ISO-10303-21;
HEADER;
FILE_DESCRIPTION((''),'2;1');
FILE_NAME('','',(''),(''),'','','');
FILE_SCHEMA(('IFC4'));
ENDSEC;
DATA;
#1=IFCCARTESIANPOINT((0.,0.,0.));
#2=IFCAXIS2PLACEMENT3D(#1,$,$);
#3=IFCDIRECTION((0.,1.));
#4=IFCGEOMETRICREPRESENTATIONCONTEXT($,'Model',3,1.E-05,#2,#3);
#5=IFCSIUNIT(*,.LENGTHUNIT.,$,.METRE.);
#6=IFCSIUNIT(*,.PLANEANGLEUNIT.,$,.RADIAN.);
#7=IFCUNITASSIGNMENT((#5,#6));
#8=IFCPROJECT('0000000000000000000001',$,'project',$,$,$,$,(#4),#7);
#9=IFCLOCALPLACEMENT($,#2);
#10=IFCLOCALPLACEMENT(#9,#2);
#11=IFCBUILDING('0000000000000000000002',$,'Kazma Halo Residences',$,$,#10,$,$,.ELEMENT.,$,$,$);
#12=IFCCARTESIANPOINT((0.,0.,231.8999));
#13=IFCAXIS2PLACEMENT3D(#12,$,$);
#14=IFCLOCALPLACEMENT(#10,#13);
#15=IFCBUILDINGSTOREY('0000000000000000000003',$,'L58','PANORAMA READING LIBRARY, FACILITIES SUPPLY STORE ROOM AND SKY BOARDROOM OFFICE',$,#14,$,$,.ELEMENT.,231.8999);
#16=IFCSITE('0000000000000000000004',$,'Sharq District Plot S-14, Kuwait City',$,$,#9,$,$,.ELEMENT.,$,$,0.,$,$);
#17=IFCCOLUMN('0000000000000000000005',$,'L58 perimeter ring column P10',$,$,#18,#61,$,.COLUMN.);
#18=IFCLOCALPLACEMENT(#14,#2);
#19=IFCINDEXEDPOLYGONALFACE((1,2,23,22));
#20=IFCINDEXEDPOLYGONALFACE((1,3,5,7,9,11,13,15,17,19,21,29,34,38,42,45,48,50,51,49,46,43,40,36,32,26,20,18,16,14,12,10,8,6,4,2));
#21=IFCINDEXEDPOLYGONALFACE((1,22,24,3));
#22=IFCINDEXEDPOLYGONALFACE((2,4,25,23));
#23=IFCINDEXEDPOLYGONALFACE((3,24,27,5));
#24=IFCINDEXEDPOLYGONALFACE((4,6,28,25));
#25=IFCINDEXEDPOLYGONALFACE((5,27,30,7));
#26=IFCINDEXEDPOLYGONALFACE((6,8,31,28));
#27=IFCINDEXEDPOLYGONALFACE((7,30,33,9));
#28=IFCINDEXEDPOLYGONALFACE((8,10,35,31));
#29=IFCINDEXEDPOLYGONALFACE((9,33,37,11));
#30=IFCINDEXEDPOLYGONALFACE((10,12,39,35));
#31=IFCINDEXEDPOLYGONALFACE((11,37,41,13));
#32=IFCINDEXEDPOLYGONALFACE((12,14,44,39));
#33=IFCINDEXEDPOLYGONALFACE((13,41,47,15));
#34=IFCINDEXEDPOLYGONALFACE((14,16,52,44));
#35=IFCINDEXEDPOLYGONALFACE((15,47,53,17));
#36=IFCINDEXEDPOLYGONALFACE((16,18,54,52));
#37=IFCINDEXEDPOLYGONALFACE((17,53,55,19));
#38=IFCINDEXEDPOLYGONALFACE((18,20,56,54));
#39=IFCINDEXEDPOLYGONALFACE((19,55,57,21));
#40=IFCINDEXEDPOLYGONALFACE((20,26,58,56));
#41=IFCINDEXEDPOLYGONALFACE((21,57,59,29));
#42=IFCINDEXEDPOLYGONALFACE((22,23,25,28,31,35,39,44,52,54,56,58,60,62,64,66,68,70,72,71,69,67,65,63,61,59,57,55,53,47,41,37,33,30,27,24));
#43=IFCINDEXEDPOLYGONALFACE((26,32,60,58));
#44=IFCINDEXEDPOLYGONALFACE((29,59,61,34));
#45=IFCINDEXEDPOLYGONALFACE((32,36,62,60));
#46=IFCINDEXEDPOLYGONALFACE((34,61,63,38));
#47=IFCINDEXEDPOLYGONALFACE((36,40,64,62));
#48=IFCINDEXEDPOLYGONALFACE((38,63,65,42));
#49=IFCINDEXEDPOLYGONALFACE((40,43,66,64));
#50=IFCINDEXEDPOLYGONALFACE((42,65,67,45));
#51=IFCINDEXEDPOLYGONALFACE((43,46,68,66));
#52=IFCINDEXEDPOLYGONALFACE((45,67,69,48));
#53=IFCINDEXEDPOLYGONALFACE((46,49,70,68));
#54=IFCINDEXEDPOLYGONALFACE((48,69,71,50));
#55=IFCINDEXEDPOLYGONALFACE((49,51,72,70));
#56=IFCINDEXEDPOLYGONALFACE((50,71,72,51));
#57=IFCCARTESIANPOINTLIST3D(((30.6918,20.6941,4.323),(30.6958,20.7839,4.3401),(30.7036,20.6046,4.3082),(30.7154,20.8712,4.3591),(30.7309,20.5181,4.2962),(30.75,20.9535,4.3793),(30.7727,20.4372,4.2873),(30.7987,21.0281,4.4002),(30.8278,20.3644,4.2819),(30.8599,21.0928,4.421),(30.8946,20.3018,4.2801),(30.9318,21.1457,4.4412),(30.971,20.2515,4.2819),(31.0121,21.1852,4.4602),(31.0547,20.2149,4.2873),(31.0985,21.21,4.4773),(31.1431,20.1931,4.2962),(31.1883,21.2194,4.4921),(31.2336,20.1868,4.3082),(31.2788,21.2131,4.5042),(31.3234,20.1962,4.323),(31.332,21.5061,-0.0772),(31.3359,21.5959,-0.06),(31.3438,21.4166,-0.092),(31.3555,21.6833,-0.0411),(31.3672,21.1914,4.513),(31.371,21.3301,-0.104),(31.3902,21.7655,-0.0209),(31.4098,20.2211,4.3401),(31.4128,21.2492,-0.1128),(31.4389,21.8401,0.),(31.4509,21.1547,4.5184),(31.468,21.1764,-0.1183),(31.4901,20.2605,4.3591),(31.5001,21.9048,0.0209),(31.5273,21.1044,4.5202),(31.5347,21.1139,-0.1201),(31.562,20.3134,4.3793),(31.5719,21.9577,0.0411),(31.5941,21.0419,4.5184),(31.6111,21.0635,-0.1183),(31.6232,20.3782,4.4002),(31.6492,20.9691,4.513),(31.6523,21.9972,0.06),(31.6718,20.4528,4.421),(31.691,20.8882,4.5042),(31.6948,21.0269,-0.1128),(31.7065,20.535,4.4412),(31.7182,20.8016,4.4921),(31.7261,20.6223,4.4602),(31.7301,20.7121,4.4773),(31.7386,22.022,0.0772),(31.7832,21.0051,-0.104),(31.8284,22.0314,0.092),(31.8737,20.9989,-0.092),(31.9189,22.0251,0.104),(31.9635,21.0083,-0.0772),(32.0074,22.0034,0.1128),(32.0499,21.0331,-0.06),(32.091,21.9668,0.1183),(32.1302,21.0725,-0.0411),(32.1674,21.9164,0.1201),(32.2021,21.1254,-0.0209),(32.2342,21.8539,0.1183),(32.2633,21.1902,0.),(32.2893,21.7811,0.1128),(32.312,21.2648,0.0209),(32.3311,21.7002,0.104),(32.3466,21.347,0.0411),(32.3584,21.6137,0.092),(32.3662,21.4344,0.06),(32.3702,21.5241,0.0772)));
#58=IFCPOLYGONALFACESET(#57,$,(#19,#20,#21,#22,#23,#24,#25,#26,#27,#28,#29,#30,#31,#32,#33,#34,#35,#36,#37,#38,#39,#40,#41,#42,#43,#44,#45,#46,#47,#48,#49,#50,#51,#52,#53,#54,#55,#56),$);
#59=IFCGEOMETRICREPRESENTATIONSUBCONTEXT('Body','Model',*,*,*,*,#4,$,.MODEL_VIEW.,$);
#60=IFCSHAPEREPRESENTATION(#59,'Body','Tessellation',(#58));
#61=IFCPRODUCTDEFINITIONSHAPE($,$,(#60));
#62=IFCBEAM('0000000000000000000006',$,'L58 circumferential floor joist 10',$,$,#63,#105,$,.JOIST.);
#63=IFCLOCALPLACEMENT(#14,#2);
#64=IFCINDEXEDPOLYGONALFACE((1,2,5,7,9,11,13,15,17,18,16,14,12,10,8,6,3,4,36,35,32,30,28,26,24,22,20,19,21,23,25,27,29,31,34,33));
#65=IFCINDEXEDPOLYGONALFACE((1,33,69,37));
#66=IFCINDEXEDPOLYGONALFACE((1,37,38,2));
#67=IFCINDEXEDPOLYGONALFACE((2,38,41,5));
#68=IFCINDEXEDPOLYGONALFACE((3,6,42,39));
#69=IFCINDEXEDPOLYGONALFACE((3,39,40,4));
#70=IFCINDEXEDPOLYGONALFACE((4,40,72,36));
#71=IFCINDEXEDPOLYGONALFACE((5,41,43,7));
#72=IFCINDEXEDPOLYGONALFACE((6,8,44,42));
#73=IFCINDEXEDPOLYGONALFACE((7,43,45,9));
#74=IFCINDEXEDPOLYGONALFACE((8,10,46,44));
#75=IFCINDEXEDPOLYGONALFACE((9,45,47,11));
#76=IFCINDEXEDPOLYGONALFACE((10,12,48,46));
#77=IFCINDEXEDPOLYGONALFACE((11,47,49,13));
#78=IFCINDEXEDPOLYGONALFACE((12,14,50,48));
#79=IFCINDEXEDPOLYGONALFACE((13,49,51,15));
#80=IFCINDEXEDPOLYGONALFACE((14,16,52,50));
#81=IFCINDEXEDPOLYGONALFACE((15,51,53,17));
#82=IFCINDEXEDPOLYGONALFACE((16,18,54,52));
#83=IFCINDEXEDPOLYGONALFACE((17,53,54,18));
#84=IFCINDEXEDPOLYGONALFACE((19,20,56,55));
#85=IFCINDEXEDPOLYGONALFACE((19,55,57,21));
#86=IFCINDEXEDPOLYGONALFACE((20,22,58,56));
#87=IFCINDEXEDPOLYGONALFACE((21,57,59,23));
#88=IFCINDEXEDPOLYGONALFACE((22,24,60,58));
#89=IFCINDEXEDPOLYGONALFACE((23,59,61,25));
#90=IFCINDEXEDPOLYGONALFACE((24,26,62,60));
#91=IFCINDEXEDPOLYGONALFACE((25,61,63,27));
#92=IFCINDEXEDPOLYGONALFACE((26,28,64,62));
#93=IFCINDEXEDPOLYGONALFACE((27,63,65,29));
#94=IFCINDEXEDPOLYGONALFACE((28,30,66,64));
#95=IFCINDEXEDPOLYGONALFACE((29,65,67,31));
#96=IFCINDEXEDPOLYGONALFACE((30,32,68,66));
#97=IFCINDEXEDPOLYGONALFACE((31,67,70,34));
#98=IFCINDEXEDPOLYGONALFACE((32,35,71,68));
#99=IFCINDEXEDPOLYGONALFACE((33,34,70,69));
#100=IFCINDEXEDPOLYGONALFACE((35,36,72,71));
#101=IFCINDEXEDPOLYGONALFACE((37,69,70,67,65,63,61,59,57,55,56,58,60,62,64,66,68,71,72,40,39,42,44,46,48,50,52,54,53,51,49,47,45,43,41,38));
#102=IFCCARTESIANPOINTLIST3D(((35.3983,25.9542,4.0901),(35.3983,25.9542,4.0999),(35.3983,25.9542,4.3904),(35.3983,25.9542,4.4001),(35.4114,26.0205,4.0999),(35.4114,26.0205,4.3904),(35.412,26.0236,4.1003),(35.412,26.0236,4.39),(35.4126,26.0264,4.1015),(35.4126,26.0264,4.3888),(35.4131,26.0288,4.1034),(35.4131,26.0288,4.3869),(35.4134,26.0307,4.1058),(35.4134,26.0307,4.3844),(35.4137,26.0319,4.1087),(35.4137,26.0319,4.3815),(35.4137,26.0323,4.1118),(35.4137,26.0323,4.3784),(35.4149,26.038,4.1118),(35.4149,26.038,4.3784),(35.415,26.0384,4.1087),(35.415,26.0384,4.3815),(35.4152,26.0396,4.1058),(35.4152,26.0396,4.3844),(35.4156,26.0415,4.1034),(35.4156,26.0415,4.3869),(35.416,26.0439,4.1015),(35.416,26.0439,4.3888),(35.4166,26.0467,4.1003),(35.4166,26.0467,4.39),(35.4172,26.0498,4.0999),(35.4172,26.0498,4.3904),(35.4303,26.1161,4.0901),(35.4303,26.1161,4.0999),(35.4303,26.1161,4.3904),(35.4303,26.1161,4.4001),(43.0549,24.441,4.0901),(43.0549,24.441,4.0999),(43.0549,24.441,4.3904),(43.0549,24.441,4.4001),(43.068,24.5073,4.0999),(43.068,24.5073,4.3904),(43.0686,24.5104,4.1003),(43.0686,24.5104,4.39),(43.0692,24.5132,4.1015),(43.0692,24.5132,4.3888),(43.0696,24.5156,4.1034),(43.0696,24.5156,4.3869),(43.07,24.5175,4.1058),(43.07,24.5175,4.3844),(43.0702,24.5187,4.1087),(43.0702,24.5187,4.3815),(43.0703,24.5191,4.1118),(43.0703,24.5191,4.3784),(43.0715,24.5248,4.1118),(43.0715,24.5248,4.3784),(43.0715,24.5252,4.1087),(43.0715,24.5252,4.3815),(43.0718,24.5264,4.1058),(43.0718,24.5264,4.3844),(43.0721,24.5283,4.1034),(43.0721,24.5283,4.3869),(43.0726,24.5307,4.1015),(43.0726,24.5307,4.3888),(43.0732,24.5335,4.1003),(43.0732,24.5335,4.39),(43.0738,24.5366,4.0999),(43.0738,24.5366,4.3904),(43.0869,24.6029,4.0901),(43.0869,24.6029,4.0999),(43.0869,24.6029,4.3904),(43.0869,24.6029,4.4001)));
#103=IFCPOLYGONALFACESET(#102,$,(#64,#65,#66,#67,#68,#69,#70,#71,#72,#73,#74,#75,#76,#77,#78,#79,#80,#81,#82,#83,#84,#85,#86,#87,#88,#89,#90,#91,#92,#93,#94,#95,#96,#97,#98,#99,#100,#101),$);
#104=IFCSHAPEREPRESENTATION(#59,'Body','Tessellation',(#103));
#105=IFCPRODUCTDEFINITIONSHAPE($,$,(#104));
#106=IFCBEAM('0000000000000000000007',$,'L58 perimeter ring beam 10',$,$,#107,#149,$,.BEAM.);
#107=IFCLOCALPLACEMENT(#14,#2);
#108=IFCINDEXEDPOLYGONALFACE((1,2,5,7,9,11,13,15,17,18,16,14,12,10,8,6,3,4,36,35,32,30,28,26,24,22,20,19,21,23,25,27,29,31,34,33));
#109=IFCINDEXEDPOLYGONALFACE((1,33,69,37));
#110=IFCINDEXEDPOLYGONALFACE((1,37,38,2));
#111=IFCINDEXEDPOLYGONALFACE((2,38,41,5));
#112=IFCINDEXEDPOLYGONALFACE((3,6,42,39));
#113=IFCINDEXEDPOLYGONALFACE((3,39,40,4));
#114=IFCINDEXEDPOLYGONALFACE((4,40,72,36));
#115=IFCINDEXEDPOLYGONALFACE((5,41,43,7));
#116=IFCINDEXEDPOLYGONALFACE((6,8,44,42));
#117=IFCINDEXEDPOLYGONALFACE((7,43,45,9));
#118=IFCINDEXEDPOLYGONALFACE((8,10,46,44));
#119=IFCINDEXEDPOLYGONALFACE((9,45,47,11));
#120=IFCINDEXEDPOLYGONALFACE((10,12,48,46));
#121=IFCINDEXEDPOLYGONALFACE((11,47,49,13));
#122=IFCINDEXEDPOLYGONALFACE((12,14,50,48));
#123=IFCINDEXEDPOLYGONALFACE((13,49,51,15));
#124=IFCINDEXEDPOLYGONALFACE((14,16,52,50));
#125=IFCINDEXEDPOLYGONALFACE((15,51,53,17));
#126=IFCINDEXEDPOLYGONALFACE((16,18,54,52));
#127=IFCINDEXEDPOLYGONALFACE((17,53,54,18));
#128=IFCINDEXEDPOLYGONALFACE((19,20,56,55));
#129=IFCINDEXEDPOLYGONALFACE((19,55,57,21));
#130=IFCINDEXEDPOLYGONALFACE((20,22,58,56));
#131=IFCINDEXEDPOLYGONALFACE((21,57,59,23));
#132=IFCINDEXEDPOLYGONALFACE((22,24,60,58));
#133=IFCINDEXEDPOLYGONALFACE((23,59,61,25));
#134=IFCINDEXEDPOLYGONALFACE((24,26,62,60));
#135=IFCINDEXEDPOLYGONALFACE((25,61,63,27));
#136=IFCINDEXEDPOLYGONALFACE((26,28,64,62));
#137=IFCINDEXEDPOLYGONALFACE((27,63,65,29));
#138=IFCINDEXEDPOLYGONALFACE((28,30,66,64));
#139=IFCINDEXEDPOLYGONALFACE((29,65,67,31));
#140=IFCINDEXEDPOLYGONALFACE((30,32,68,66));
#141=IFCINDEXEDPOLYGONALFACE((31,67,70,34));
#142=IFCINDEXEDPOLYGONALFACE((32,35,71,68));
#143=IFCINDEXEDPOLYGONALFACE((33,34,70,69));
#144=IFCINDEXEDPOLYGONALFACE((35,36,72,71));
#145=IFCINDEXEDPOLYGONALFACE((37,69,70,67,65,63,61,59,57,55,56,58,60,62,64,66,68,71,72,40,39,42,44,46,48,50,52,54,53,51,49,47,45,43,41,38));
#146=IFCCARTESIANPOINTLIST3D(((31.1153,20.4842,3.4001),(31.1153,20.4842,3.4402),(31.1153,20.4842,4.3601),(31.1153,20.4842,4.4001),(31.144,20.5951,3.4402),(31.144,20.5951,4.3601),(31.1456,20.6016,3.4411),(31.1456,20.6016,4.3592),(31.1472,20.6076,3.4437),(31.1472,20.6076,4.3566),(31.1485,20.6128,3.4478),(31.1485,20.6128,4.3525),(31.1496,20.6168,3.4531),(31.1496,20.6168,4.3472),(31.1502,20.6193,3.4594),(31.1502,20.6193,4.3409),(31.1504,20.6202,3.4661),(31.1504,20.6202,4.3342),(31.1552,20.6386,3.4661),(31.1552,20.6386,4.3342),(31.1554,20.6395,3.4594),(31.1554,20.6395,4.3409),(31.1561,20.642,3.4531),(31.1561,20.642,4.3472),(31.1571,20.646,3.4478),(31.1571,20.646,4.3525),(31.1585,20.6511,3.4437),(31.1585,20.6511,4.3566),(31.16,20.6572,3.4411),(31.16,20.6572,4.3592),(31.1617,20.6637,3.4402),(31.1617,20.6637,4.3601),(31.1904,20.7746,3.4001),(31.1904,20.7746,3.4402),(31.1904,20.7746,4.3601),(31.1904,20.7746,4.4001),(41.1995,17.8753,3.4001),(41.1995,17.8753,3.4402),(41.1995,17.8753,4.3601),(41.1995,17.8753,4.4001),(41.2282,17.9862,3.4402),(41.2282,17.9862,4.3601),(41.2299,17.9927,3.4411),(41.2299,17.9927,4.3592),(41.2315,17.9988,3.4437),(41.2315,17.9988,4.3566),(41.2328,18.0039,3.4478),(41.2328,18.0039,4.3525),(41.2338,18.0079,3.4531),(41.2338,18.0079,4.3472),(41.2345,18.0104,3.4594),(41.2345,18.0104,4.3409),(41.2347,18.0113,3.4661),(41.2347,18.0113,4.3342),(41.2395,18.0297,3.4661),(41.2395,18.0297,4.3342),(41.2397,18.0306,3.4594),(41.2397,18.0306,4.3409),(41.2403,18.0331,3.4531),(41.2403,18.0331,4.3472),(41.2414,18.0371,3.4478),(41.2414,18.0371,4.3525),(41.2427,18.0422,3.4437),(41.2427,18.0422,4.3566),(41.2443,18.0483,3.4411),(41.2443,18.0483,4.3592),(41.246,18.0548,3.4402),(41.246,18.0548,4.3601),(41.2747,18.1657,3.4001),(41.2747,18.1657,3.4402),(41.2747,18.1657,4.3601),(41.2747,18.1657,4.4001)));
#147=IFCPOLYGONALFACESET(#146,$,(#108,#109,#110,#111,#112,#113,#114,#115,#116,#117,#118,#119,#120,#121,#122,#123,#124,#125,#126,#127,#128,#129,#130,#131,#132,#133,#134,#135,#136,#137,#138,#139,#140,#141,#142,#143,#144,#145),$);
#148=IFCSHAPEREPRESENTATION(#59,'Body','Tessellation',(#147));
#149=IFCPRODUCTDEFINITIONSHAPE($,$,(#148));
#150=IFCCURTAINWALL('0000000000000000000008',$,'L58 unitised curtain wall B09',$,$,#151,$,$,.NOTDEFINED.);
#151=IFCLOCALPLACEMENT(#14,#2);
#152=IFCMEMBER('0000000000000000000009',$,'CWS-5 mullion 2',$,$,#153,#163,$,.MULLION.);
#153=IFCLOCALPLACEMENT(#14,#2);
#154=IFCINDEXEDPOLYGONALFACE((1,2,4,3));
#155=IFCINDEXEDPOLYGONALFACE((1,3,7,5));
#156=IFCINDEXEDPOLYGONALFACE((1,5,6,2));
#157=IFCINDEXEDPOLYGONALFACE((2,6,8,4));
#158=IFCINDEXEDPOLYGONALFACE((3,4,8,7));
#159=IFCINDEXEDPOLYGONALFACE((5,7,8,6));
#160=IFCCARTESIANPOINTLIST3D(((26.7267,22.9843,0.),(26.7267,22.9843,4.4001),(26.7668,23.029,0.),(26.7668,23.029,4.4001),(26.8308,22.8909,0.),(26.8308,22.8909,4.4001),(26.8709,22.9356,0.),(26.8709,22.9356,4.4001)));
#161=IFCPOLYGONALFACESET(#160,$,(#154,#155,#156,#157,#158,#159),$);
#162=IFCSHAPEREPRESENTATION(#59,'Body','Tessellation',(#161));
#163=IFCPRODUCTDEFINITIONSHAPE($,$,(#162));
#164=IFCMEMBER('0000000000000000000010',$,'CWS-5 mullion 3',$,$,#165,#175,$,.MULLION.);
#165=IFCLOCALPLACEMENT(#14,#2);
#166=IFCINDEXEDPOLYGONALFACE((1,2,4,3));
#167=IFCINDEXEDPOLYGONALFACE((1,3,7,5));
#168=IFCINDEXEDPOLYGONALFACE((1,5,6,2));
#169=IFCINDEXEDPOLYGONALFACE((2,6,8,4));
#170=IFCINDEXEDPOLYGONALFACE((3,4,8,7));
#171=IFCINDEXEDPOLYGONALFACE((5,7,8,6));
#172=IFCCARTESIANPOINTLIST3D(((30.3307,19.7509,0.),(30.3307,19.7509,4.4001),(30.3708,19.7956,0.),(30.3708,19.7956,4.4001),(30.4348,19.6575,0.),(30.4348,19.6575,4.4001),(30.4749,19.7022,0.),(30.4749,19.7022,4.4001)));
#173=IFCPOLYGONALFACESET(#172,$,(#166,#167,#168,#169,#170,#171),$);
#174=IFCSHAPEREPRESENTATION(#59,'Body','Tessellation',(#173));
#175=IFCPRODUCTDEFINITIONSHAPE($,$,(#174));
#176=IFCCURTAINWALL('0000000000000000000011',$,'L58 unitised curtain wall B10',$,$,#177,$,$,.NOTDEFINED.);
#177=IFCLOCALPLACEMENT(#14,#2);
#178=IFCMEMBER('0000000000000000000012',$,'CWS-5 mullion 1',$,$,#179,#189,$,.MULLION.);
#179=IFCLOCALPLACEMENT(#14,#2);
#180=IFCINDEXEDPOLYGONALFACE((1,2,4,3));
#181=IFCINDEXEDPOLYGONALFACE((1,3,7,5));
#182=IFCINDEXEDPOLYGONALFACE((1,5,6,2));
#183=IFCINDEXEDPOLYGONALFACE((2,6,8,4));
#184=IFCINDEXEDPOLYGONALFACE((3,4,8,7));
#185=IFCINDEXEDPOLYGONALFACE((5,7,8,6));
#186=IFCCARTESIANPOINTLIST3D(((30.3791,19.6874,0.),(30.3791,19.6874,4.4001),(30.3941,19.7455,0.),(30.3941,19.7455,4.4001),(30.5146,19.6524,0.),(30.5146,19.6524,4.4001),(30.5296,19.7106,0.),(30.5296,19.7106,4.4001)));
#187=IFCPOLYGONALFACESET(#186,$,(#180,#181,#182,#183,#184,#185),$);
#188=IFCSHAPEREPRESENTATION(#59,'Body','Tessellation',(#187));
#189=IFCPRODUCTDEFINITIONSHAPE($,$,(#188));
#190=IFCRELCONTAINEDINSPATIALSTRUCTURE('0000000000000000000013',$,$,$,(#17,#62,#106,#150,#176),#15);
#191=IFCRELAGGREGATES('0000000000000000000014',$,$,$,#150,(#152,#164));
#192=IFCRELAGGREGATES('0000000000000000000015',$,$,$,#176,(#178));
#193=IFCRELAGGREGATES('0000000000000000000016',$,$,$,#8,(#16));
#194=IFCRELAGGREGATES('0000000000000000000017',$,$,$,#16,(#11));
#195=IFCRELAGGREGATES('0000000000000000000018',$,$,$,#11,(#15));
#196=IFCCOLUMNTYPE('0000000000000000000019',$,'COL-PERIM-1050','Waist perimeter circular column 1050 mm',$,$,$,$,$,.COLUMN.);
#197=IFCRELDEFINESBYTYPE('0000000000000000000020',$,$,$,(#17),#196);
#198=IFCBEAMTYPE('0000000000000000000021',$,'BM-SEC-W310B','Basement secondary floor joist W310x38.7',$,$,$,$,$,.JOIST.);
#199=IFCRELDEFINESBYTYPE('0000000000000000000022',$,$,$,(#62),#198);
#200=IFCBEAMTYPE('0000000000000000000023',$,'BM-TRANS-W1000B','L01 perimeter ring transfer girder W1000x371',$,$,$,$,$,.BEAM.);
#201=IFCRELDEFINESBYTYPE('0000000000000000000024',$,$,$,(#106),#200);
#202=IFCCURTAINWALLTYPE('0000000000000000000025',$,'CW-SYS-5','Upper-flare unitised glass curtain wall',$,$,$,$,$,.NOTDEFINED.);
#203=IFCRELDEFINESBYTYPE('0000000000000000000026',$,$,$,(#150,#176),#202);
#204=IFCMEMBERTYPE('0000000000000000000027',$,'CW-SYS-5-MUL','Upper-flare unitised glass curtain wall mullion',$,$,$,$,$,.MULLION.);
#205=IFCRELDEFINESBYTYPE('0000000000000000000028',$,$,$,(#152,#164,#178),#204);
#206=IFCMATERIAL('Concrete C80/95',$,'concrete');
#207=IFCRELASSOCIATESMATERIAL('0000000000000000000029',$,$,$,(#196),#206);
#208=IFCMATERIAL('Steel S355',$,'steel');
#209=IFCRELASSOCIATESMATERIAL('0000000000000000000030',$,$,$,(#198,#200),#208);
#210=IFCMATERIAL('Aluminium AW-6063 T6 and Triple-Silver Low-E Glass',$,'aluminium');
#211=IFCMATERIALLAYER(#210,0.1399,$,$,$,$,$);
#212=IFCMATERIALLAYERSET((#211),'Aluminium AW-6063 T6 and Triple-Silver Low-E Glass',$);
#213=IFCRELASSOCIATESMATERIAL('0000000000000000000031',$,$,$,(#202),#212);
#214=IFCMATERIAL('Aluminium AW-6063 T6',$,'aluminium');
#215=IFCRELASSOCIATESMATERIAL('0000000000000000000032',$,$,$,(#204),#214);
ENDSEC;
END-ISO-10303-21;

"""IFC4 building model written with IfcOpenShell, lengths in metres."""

from ifc_helpers import new_model, si_unit, direction, frame, origin, origin_2d, place, context, subcontext, project, spatial, rectangle, circle, i_section, extrude, material, layer, layer_set, material_profile, profile_set, type_object, element, aggregate, save


model = new_model("IFC4")

# Units and contexts
model_context = context("Model", 3, precision=1e-05, world=origin(), true_north=direction((0.0, 1.0)))
body_context = subcontext(model_context, "Body", "Model", "MODEL_VIEW")
ifc_project = project(units=[si_unit("LENGTHUNIT", "METRE"), si_unit("PLANEANGLEUNIT", "RADIAN")], contexts=[model_context])

# Site, building, storey
site_placement = place(None, origin())
site = spatial("IfcSite", under=ifc_project, at=site_placement, Name="Sharq District Plot S-14, Kuwait City", CompositionType="ELEMENT", RefElevation=0.0)
building_placement = place(site_placement, origin())
building = spatial("IfcBuilding", under=site, at=building_placement, Name="Kazma Halo Residences", CompositionType="ELEMENT")
storey_placement = place(building_placement, frame((0.0, 0.0, 231.8999)))
storey = spatial("IfcBuildingStorey", under=building, at=storey_placement, Name="L58", Description="PANORAMA READING LIBRARY, FACILITIES SUPPLY STORE ROOM AND SKY BOARDROOM OFFICE", CompositionType="ELEMENT", Elevation=231.8999)

# Column
ifc_material_1 = material(Name="Concrete C80/95", Category="concrete")
ifc_material_profile_1 = material_profile(ifc_material_1, circle(Radius=0.5249, at=origin_2d()), Name="CIRC1050")
ifc_profile_set_1 = profile_set([ifc_material_profile_1], Name="Concrete C80/95")
column_type = type_object("IfcColumnType", Name="COL-PERIM-1050", Description="Waist perimeter circular column 1050 mm", PredefinedType="COLUMN", material=ifc_profile_set_1)
column_placement = place(storey_placement, frame((31.8511, 21.5151, 0.0), z_axis=(-0.141623, -0.179648, 0.973483), x_axis=(0.785318, -0.619093, 0.0)))
element("IfcColumn", 1, at=column_placement, inside=storey, type_object=column_type, Name="L58 perimeter ring column P10", PredefinedType="COLUMN", context=body_context, shape_type="SweptSolid", body=[
    extrude(circle(Radius=0.5249, at=origin_2d()), origin(), (0.0, 0.0, 1.0), 4.52),
])

# Beams
ifc_material_2 = material(Name="Steel S355", Category="steel")
ifc_material_profile_2 = material_profile(ifc_material_2, i_section(OverallWidth=0.165, OverallDepth=0.3101, WebThickness=0.0059, FlangeThickness=0.0098, FilletRadius=0.012, at=origin_2d()), Name="W310x38.7")
ifc_profile_set_2 = profile_set([ifc_material_profile_2], Name="Steel S355")
beam_type_1 = type_object("IfcBeamType", Name="BM-SEC-W310B", Description="Basement secondary floor joist W310x38.7", PredefinedType="JOIST", material=ifc_profile_set_2)
beam_1_placement = place(storey_placement, frame((35.4143, 26.0352, 4.2451), z_axis=(0.981025, -0.193884, 0.0), x_axis=(0.193884, 0.981025, 0.0)))
element("IfcBeam", 2, at=beam_1_placement, inside=storey, type_object=beam_type_1, Name="L58 circumferential floor joist 10", PredefinedType="JOIST", context=body_context, shape_type="SweptSolid", body=[
    extrude(i_section(OverallWidth=0.165, OverallDepth=0.3101, WebThickness=0.0059, FlangeThickness=0.0098, FilletRadius=0.012, at=origin_2d()), origin(), (0.0, 0.0, 1.0), 7.8047),
])
ifc_material_profile_3 = material_profile(ifc_material_2, i_section(OverallWidth=0.3, OverallDepth=1.0, WebThickness=0.019, FlangeThickness=0.04, FilletRadius=0.0259, at=origin_2d()), Name="W1000x371")
ifc_profile_set_3 = profile_set([ifc_material_profile_3], Name="Steel S355")
beam_type_2 = type_object("IfcBeamType", Name="BM-TRANS-W1000B", Description="L01 perimeter ring transfer girder W1000x371", PredefinedType="BEAM", material=ifc_profile_set_3)
beam_2_placement = place(storey_placement, frame((31.1528, 20.6294, 3.9001), z_axis=(0.968126, -0.250464, 0.0), x_axis=(0.250464, 0.968126, 0.0)))
element("IfcBeam", 3, at=beam_2_placement, inside=storey, type_object=beam_type_2, Name="L58 perimeter ring beam 10", PredefinedType="BEAM", context=body_context, shape_type="SweptSolid", body=[
    extrude(i_section(OverallWidth=0.3, OverallDepth=1.0, WebThickness=0.019, FlangeThickness=0.04, FilletRadius=0.0259, at=origin_2d()), origin(), (0.0, 0.0, 1.0), 10.4163),
])

# Curtain wall, members
ifc_material_3 = material(Name="Aluminium AW-6063 T6 and Triple-Silver Low-E Glass", Category="aluminium")
ifc_layer_1 = layer(ifc_material_3, 0.1399)
ifc_layer_set_1 = layer_set([ifc_layer_1], Name="Aluminium AW-6063 T6 and Triple-Silver Low-E Glass")
curtain_wall_type = type_object("IfcCurtainWallType", Name="CW-SYS-5", Description="Upper-flare unitised glass curtain wall", PredefinedType="NOTDEFINED", material=ifc_layer_set_1)
curtain_wall_1_placement = place(storey_placement, origin())
curtain_wall_1 = element("IfcCurtainWall", 4, at=curtain_wall_1_placement, inside=storey, type_object=curtain_wall_type, Name="L58 unitised curtain wall B09", PredefinedType="NOTDEFINED")
ifc_material_4 = material(Name="Aluminium AW-6063 T6", Category="aluminium")
ifc_material_profile_4 = material_profile(ifc_material_4, rectangle(XDim=0.0601, YDim=0.1399, at=origin_2d()), Name="CWM-60x140")
ifc_profile_set_4 = profile_set([ifc_material_profile_4], Name="Aluminium AW-6063 T6")
member_type_1 = type_object("IfcMemberType", Name="CW-SYS-5-MUL", Description="Upper-flare unitised glass curtain wall mullion", PredefinedType="MULLION", material=ifc_profile_set_4)
member_1_placement = place(storey_placement, frame((26.7988, 22.96, 0.0), z_axis=(0.0, 0.0, 1.0), x_axis=(0.6678, 0.74434, 0.0)))
member_1 = element("IfcMember", 5, at=member_1_placement, type_object=member_type_1, Name="CWS-5 mullion 2", PredefinedType="MULLION", context=body_context, shape_type="SweptSolid", body=[
    extrude(rectangle(XDim=0.0601, YDim=0.1399, at=origin_2d()), origin(), (0.0, 0.0, 1.0), 4.4001),
])
member_2_placement = place(storey_placement, frame((30.4028, 19.7266, 0.0), z_axis=(0.0, 0.0, 1.0), x_axis=(0.6678, 0.74434, 0.0)))
member_2 = element("IfcMember", 6, at=member_2_placement, type_object=member_type_1, Name="CWS-5 mullion 3", PredefinedType="MULLION", context=body_context, shape_type="SweptSolid", body=[
    extrude(rectangle(XDim=0.0601, YDim=0.1399, at=origin_2d()), origin(), (0.0, 0.0, 1.0), 4.4001),
])

# Curtain wall, member
curtain_wall_2_placement = place(storey_placement, origin())
curtain_wall_2 = element("IfcCurtainWall", 7, at=curtain_wall_2_placement, inside=storey, type_object=curtain_wall_type, Name="L58 unitised curtain wall B10", PredefinedType="NOTDEFINED")
member_3_placement = place(storey_placement, frame((30.4543, 19.699, 0.0), z_axis=(0.0, 0.0, 1.0), x_axis=(0.249567, 0.968358, 0.0)))
member_3 = element("IfcMember", 8, at=member_3_placement, type_object=member_type_1, Name="CWS-5 mullion 1", PredefinedType="MULLION", context=body_context, shape_type="SweptSolid", body=[
    extrude(rectangle(XDim=0.0601, YDim=0.1399, at=origin_2d()), origin(), (0.0, 0.0, 1.0), 4.4001),
])

aggregate(curtain_wall_1, [member_1, member_2])
aggregate(curtain_wall_2, [member_3])

save(model, "model.ifc")
